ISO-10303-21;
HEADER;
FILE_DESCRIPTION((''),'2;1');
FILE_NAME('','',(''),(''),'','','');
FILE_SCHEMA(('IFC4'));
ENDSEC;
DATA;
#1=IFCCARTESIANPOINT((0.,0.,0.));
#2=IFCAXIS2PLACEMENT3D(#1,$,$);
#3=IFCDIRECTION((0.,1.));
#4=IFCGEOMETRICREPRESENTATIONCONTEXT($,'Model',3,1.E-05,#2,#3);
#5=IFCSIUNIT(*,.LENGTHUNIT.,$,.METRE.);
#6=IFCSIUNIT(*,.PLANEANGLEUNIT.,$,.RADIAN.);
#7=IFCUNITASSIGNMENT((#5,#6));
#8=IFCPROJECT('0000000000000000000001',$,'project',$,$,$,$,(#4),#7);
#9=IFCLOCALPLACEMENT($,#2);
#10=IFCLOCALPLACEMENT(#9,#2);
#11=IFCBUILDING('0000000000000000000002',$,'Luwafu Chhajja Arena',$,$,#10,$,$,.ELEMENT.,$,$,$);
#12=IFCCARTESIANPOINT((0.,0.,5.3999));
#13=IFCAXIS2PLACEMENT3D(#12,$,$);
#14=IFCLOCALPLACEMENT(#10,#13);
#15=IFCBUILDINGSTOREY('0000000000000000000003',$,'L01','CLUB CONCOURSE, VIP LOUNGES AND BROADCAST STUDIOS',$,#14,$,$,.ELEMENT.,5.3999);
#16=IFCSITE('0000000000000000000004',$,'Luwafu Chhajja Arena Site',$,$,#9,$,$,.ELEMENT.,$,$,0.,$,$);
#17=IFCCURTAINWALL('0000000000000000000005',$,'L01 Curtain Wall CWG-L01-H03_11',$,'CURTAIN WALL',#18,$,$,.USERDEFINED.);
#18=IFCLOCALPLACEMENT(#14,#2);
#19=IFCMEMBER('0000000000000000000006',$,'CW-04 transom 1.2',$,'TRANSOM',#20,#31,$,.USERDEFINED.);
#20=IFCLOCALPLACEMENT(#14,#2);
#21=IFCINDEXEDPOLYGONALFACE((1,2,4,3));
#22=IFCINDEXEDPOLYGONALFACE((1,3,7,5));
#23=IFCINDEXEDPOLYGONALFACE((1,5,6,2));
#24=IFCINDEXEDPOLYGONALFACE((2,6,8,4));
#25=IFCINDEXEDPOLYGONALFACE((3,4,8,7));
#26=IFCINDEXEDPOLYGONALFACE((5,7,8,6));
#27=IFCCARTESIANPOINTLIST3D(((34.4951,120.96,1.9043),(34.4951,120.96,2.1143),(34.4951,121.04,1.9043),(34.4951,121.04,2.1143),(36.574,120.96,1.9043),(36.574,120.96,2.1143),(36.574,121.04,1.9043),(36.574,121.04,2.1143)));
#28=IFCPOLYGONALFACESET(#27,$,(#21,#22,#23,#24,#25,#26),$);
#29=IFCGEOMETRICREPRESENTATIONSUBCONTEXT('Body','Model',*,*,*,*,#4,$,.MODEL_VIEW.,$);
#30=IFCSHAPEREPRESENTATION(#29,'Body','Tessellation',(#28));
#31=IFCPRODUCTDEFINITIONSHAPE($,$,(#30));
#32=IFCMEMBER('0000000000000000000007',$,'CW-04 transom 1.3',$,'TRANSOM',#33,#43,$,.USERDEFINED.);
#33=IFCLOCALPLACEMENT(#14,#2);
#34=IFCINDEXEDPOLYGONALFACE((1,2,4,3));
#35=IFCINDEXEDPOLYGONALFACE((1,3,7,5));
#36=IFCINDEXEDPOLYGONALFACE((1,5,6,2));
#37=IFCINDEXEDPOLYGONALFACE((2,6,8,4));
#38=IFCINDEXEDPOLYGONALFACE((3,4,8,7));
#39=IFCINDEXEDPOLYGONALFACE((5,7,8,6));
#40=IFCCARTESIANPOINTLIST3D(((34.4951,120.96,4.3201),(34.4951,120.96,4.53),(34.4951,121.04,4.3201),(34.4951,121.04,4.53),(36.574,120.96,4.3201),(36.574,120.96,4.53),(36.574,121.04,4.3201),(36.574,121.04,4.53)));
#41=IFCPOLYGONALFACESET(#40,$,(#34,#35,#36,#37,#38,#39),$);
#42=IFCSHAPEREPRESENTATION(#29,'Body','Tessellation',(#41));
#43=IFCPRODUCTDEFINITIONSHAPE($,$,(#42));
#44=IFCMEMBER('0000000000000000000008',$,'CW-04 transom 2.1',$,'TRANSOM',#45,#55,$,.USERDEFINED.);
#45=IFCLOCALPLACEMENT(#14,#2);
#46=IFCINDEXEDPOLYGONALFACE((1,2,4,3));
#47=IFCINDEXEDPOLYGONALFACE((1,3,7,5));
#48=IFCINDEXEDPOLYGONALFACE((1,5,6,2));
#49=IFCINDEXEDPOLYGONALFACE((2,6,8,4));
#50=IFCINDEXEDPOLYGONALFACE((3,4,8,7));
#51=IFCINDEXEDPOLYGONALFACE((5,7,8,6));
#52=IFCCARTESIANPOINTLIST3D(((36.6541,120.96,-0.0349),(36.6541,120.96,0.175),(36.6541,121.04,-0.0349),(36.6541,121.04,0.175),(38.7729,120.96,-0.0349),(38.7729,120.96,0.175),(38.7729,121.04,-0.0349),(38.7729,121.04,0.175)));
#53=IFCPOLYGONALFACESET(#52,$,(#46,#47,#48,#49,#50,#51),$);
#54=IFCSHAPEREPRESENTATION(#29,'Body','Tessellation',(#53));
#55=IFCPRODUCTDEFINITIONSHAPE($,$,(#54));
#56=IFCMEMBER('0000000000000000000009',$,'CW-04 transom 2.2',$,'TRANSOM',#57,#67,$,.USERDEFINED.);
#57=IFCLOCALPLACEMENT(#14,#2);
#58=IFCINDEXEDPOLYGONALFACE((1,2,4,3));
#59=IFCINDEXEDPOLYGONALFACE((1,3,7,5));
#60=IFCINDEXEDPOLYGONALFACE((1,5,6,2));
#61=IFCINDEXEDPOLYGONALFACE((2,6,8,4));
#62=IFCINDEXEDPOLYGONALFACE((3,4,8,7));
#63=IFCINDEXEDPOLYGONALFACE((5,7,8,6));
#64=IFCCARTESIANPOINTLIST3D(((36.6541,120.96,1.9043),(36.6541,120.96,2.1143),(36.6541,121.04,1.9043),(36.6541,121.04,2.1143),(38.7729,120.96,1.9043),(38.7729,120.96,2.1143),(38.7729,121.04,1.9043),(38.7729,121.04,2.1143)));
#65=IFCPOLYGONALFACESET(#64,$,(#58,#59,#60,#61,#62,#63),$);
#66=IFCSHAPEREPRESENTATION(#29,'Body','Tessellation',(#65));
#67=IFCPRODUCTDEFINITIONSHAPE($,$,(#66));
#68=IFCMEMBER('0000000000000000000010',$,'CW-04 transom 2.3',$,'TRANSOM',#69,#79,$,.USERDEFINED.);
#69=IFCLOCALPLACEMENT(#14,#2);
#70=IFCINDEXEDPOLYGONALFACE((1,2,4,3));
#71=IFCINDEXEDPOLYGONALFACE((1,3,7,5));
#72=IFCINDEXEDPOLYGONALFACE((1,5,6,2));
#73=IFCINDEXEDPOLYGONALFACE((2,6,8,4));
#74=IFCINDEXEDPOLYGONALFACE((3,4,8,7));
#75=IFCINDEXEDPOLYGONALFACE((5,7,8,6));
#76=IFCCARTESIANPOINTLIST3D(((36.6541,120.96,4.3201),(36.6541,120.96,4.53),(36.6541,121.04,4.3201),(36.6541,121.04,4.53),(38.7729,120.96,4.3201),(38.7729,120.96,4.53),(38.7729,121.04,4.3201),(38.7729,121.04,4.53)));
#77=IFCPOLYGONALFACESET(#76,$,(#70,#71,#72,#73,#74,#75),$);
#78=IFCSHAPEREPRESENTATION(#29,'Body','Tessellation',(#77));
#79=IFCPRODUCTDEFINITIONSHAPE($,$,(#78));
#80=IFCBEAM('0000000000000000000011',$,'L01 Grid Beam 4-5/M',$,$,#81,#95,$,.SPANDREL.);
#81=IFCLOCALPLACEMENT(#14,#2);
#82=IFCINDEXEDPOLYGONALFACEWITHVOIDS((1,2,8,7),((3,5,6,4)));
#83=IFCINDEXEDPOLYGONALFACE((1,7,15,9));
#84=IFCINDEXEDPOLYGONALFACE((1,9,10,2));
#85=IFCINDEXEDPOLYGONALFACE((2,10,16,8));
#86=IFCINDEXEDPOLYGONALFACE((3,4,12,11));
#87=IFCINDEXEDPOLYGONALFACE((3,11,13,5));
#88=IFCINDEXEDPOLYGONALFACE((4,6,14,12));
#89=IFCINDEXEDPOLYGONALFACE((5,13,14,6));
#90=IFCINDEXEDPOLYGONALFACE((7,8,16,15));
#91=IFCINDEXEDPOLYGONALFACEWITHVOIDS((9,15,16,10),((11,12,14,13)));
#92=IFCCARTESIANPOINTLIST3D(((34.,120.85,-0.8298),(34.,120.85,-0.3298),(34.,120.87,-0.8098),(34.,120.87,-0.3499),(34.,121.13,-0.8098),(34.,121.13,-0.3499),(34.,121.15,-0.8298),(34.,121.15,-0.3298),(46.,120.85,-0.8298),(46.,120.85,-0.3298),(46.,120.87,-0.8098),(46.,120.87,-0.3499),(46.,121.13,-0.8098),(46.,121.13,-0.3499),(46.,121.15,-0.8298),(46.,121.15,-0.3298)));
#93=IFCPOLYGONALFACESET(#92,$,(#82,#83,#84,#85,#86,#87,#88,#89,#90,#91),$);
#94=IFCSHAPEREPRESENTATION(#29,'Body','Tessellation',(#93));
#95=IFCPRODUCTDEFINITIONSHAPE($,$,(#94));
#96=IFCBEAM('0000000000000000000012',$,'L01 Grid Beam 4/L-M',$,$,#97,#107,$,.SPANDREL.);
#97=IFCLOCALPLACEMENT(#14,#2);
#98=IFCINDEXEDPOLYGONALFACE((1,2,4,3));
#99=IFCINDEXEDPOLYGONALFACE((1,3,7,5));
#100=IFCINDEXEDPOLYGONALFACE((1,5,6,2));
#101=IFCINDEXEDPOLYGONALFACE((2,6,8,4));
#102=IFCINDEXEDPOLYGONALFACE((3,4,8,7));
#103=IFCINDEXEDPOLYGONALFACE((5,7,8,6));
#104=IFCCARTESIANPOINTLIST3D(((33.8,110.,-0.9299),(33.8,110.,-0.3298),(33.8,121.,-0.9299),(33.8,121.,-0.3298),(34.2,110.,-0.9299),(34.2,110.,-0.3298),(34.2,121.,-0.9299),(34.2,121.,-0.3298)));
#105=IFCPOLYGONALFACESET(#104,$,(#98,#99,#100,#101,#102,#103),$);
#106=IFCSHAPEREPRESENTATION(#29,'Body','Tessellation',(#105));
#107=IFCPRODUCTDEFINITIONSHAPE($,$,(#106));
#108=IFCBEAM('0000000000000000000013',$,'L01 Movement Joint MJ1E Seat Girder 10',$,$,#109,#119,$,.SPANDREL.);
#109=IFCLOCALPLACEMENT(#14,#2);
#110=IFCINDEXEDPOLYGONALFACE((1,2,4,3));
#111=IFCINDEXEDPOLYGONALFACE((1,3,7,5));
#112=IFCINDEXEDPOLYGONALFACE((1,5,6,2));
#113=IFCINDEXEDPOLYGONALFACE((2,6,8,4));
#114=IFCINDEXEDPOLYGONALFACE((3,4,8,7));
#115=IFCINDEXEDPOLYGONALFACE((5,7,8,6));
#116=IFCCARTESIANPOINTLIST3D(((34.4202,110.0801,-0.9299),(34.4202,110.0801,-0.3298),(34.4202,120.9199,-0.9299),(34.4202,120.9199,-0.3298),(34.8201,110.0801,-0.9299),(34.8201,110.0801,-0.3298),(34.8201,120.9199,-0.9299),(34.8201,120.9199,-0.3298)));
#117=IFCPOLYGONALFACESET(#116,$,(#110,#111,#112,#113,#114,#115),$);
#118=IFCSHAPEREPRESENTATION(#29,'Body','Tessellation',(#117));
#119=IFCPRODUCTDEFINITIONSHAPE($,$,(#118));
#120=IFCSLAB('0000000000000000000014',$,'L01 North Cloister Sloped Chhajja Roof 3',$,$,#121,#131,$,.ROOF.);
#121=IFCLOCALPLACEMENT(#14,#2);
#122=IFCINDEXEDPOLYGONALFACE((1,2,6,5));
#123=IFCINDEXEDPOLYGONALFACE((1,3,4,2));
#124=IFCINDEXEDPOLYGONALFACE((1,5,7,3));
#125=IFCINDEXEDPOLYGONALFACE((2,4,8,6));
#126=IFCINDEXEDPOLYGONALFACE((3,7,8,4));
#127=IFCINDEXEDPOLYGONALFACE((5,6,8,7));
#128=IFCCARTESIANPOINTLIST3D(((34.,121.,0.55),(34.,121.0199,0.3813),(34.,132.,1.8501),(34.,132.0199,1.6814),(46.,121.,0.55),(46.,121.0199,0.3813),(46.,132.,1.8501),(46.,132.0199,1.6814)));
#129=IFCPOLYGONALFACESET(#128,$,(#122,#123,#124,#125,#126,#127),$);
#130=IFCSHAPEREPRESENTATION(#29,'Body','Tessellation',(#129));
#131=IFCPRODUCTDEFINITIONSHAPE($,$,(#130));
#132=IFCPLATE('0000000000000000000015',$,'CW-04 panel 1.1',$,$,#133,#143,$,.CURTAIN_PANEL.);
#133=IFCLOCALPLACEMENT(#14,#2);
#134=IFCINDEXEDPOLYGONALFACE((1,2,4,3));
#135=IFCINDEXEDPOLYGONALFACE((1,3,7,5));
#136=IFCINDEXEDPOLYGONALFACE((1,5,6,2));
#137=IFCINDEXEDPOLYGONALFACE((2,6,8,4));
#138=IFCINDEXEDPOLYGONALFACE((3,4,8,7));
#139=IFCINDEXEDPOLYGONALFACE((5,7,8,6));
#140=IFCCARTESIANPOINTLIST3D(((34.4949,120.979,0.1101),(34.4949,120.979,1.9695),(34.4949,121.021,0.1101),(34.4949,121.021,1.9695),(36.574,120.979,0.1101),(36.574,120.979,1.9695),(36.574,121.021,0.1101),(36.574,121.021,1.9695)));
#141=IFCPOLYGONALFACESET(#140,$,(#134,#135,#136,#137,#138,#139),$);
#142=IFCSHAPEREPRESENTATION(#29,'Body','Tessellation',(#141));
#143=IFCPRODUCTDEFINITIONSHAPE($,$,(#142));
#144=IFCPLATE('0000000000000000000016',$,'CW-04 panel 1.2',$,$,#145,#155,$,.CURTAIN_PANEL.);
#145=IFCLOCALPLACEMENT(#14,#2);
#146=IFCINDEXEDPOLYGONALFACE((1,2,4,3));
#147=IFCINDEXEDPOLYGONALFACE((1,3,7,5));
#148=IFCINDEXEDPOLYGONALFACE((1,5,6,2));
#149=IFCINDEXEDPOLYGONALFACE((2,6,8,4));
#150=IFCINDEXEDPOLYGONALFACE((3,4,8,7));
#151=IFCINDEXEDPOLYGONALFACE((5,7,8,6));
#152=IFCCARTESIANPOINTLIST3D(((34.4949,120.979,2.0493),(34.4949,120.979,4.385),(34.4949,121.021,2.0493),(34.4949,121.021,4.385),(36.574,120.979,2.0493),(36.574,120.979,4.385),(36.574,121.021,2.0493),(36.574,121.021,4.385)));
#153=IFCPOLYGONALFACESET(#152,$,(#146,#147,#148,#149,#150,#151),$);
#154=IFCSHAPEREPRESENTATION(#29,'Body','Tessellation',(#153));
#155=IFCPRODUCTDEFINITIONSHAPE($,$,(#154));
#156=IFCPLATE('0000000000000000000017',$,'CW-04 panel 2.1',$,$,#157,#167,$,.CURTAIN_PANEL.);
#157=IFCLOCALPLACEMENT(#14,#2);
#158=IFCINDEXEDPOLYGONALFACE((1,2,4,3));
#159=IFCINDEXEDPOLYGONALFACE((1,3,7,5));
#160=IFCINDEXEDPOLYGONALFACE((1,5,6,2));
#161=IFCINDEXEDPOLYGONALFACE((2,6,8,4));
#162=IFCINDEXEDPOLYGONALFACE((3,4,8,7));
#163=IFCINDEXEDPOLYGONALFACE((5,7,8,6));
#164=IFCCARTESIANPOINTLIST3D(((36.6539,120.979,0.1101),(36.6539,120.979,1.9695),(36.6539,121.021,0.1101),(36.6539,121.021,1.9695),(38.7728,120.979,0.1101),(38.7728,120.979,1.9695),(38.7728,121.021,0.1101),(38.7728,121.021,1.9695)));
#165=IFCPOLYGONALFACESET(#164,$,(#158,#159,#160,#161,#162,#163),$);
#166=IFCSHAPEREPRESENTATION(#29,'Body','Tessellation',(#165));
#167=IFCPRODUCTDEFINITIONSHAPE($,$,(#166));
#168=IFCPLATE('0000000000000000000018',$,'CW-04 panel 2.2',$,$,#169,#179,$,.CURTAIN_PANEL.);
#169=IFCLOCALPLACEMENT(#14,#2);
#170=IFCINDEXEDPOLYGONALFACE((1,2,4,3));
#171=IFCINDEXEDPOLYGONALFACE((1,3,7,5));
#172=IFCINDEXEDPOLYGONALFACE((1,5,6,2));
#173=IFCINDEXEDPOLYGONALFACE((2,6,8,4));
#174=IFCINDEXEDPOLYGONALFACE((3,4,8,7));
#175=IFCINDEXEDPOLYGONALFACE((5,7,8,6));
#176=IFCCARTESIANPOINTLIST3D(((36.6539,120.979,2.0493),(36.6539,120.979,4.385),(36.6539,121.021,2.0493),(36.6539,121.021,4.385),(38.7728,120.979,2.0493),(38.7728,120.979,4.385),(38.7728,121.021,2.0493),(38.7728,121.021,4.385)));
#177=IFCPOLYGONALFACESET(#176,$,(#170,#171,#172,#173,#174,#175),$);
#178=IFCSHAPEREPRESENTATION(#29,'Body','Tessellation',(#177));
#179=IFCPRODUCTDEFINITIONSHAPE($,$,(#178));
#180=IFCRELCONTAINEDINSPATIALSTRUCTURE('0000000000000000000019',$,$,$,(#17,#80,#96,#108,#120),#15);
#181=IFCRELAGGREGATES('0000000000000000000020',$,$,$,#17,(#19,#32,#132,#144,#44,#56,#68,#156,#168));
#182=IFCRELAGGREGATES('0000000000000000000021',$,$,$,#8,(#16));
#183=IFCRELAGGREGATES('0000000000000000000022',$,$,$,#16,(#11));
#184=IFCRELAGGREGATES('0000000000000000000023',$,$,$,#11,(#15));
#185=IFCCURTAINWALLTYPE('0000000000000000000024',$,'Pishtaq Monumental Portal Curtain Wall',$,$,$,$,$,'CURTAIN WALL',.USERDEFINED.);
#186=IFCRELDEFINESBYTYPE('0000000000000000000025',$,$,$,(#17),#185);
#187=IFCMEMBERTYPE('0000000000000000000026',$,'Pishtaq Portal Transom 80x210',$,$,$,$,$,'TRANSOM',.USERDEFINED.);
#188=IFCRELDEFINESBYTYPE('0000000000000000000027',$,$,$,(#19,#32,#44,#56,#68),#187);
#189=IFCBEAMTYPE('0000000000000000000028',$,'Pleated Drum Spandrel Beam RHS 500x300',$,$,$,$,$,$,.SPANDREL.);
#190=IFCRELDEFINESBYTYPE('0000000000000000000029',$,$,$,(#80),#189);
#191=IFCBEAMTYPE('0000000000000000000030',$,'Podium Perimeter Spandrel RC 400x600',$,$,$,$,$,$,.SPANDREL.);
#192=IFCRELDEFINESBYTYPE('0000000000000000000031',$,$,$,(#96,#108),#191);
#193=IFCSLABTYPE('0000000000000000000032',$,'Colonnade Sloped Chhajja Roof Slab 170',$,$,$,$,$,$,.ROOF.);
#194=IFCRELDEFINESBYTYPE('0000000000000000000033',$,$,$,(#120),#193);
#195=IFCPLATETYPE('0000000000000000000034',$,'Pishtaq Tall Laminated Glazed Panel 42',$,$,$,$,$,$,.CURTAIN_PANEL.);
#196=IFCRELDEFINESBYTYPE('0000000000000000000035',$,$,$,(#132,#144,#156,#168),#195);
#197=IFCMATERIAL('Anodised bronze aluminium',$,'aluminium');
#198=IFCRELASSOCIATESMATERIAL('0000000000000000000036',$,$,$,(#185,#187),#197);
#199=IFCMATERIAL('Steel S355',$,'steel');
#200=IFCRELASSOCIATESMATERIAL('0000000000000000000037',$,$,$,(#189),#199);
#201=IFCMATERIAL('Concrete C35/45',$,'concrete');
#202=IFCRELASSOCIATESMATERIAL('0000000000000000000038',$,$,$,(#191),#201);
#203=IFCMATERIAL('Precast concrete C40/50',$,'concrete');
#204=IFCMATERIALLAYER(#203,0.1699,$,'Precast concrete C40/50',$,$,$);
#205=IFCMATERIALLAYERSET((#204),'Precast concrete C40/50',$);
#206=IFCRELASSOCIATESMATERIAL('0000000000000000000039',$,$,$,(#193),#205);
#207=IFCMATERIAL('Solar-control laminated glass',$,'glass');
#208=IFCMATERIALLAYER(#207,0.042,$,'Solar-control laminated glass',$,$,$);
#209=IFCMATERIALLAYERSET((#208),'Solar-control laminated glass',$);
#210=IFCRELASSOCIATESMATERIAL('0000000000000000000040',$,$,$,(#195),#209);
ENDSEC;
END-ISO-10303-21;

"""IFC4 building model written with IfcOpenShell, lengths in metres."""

from ifc_helpers import new_model, si_unit, direction, frame, origin, origin_2d, place, context, subcontext, project, spatial, polyline, rectangle, hollow_rectangle, outline, extrude, material, layer, layer_set, material_profile, profile_set, type_object, element, aggregate, save


model = new_model("IFC4")

# Units and contexts
model_context = context("Model", 3, precision=1e-05, world=origin(), true_north=direction((0.0, 1.0)))
body_context = subcontext(model_context, "Body", "Model", "MODEL_VIEW")
ifc_project = project(units=[si_unit("LENGTHUNIT", "METRE"), si_unit("PLANEANGLEUNIT", "RADIAN")], contexts=[model_context])

# Site, building, storey
site_placement = place(None, origin())
site = spatial("IfcSite", under=ifc_project, at=site_placement, Name="Luwafu Chhajja Arena Site", CompositionType="ELEMENT", RefElevation=0.0)
building_placement = place(site_placement, origin())
building = spatial("IfcBuilding", under=site, at=building_placement, Name="Luwafu Chhajja Arena", CompositionType="ELEMENT")
storey_placement = place(building_placement, frame((0.0, 0.0, 5.3999)))
storey = spatial("IfcBuildingStorey", under=building, at=storey_placement, Name="L01", Description="CLUB CONCOURSE, VIP LOUNGES AND BROADCAST STUDIOS", CompositionType="ELEMENT", Elevation=5.3999)

# Shared definitions
ifc_material_1 = material(Name="Concrete C35/45", Category="concrete")
ifc_material_2 = material(Name="Steel S355", Category="steel")

# Curtain wall, members
ifc_material_3 = material(Name="Anodised bronze aluminium", Category="aluminium")
curtain_wall_type = type_object("IfcCurtainWallType", Name="Pishtaq Monumental Portal Curtain Wall", ElementType="CURTAIN WALL", PredefinedType="USERDEFINED", material=ifc_material_3)
curtain_wall_placement = place(storey_placement, origin())
curtain_wall = element("IfcCurtainWall", 1, at=curtain_wall_placement, inside=storey, type_object=curtain_wall_type, Name="L01 Curtain Wall CWG-L01-H03_11", ObjectType="CURTAIN WALL", PredefinedType="USERDEFINED")
ifc_material_profile_1 = material_profile(ifc_material_3, rectangle(XDim=0.0801, YDim=0.21, at=origin_2d()), Name="CWT 80x210")
ifc_profile_set_1 = profile_set([ifc_material_profile_1], Name="Anodised bronze aluminium")
member_type_1 = type_object("IfcMemberType", Name="Pishtaq Portal Transom 80x210", ElementType="TRANSOM", PredefinedType="USERDEFINED", material=ifc_profile_set_1)
member_1_placement = place(storey_placement, frame((34.4951, 121.0, 2.0093), z_axis=(1.0, 0.0, 0.0), x_axis=(0.0, 1.0, 0.0)))
member_1 = element("IfcMember", 2, at=member_1_placement, type_object=member_type_1, Name="CW-04 transom 1.2", ObjectType="TRANSOM", PredefinedType="USERDEFINED", context=body_context, shape_type="SweptSolid", body=[
    extrude(rectangle(XDim=0.0801, YDim=0.21, at=origin_2d()), origin(), (0.0, 0.0, 1.0), 2.0789),
])
member_2_placement = place(storey_placement, frame((34.4951, 121.0, 4.425), z_axis=(1.0, 0.0, 0.0), x_axis=(0.0, 1.0, 0.0)))
member_2 = element("IfcMember", 3, at=member_2_placement, type_object=member_type_1, Name="CW-04 transom 1.3", ObjectType="TRANSOM", PredefinedType="USERDEFINED", context=body_context, shape_type="SweptSolid", body=[
    extrude(rectangle(XDim=0.0801, YDim=0.21, at=origin_2d()), origin(), (0.0, 0.0, 1.0), 2.0789),
])
member_3_placement = place(storey_placement, frame((36.6541, 121.0, 0.0701), z_axis=(1.0, 0.0, 0.0), x_axis=(0.0, 1.0, 0.0)))
member_3 = element("IfcMember", 4, at=member_3_placement, type_object=member_type_1, Name="CW-04 transom 2.1", ObjectType="TRANSOM", PredefinedType="USERDEFINED", context=body_context, shape_type="SweptSolid", body=[
    extrude(rectangle(XDim=0.0801, YDim=0.21, at=origin_2d()), origin(), (0.0, 0.0, 1.0), 2.1189),
])
member_4_placement = place(storey_placement, frame((36.6541, 121.0, 2.0093), z_axis=(1.0, 0.0, 0.0), x_axis=(0.0, 1.0, 0.0)))
member_4 = element("IfcMember", 5, at=member_4_placement, type_object=member_type_1, Name="CW-04 transom 2.2", ObjectType="TRANSOM", PredefinedType="USERDEFINED", context=body_context, shape_type="SweptSolid", body=[
    extrude(rectangle(XDim=0.0801, YDim=0.21, at=origin_2d()), origin(), (0.0, 0.0, 1.0), 2.1189),
])
member_5_placement = place(storey_placement, frame((36.6541, 121.0, 4.425), z_axis=(1.0, 0.0, 0.0), x_axis=(0.0, 1.0, 0.0)))
member_5 = element("IfcMember", 6, at=member_5_placement, type_object=member_type_1, Name="CW-04 transom 2.3", ObjectType="TRANSOM", PredefinedType="USERDEFINED", context=body_context, shape_type="SweptSolid", body=[
    extrude(rectangle(XDim=0.0801, YDim=0.21, at=origin_2d()), origin(), (0.0, 0.0, 1.0), 2.1189),
])

# Beams
ifc_material_profile_2 = material_profile(ifc_material_2, hollow_rectangle(XDim=0.3, YDim=0.5, WallThickness=0.02, at=origin_2d()), Name="RHS 500x300x20")
ifc_profile_set_2 = profile_set([ifc_material_profile_2], Name="Steel S355")
beam_type_1 = type_object("IfcBeamType", Name="Pleated Drum Spandrel Beam RHS 500x300", PredefinedType="SPANDREL", material=ifc_profile_set_2)
beam_1_placement = place(storey_placement, frame((34.0, 121.0, -0.5798), z_axis=(1.0, 0.0, 0.0), x_axis=(0.0, 1.0, 0.0)))
element("IfcBeam", 7, at=beam_1_placement, inside=storey, type_object=beam_type_1, Name="L01 Grid Beam 4-5/M", PredefinedType="SPANDREL", context=body_context, shape_type="SweptSolid", body=[
    extrude(hollow_rectangle(XDim=0.3, YDim=0.5, WallThickness=0.02, at=origin_2d()), origin(), (0.0, 0.0, 1.0), 12.0),
])
ifc_material_profile_3 = material_profile(ifc_material_1, rectangle(XDim=0.3999, YDim=0.6001, at=origin_2d()), Name="RC 400x600")
ifc_profile_set_3 = profile_set([ifc_material_profile_3], Name="Concrete C35/45")
beam_type_2 = type_object("IfcBeamType", Name="Podium Perimeter Spandrel RC 400x600", PredefinedType="SPANDREL", material=ifc_profile_set_3)
beam_2_placement = place(storey_placement, frame((34.0, 110.0, -0.6299), z_axis=(0.0, 1.0, 0.0), x_axis=(-1.0, 0.0, 0.0)))
element("IfcBeam", 8, at=beam_2_placement, inside=storey, type_object=beam_type_2, Name="L01 Grid Beam 4/L-M", PredefinedType="SPANDREL", context=body_context, shape_type="SweptSolid", body=[
    extrude(rectangle(XDim=0.3999, YDim=0.6001, at=origin_2d()), origin(), (0.0, 0.0, 1.0), 11.0),
])
beam_3_placement = place(storey_placement, frame((34.6201, 110.0801, -0.6299), z_axis=(0.0, 1.0, 0.0), x_axis=(-1.0, 0.0, 0.0)))
element("IfcBeam", 9, at=beam_3_placement, inside=storey, type_object=beam_type_2, Name="L01 Movement Joint MJ1E Seat Girder 10", PredefinedType="SPANDREL", context=body_context, shape_type="SweptSolid", body=[
    extrude(rectangle(XDim=0.3999, YDim=0.6001, at=origin_2d()), origin(), (0.0, 0.0, 1.0), 10.8398),
])

# Slab
ifc_material_4 = material(Name="Precast concrete C40/50", Category="concrete")
ifc_layer_1 = layer(ifc_material_4, 0.1699, Name="Precast concrete C40/50")
ifc_layer_set_1 = layer_set([ifc_layer_1], Name="Precast concrete C40/50")
slab_type = type_object("IfcSlabType", Name="Colonnade Sloped Chhajja Roof Slab 170", PredefinedType="ROOF", material=ifc_layer_set_1)
slab_placement = place(storey_placement, frame((34.0, 121.0, 0.55), z_axis=(0.0, -0.117369, 0.993088), x_axis=(0.0, 0.993088, 0.117369)))
element("IfcSlab", 10, at=slab_placement, inside=storey, type_object=slab_type, Name="L01 North Cloister Sloped Chhajja Roof 3", PredefinedType="ROOF", context=body_context, shape_type="SweptSolid", body=[
    extrude(outline(polyline([(0.0, 0.0), (11.0766, 0.0), (11.0766, -12.0), (0.0, -12.0), (0.0, 0.0)])), origin(), (0.0, 0.0, -1.0), 0.1699),
])

# Plates
ifc_material_5 = material(Name="Solar-control laminated glass", Category="glass")
ifc_layer_2 = layer(ifc_material_5, 0.042, Name="Solar-control laminated glass")
ifc_layer_set_2 = layer_set([ifc_layer_2], Name="Solar-control laminated glass")
plate_type = type_object("IfcPlateType", Name="Pishtaq Tall Laminated Glazed Panel 42", PredefinedType="CURTAIN_PANEL", material=ifc_layer_set_2)
plate_1_placement = place(storey_placement, frame((35.5344, 121.0, 0.1101), z_axis=(0.0, 0.0, 1.0), x_axis=(1.0, 0.0, 0.0)))
plate_1 = element("IfcPlate", 11, at=plate_1_placement, type_object=plate_type, Name="CW-04 panel 1.1", PredefinedType="CURTAIN_PANEL", context=body_context, shape_type="SweptSolid", body=[
    extrude(rectangle(XDim=2.0791, YDim=0.042, at=origin_2d()), origin(), (0.0, 0.0, 1.0), 1.8594),
])
plate_2_placement = place(storey_placement, frame((35.5344, 121.0, 2.0493), z_axis=(0.0, 0.0, 1.0), x_axis=(1.0, 0.0, 0.0)))
plate_2 = element("IfcPlate", 12, at=plate_2_placement, type_object=plate_type, Name="CW-04 panel 1.2", PredefinedType="CURTAIN_PANEL", context=body_context, shape_type="SweptSolid", body=[
    extrude(rectangle(XDim=2.0791, YDim=0.042, at=origin_2d()), origin(), (0.0, 0.0, 1.0), 2.3357),
])
plate_3_placement = place(storey_placement, frame((37.7134, 121.0, 0.1101), z_axis=(0.0, 0.0, 1.0), x_axis=(1.0, 0.0, 0.0)))
plate_3 = element("IfcPlate", 13, at=plate_3_placement, type_object=plate_type, Name="CW-04 panel 2.1", PredefinedType="CURTAIN_PANEL", context=body_context, shape_type="SweptSolid", body=[
    extrude(rectangle(XDim=2.1189, YDim=0.042, at=origin_2d()), origin(), (0.0, 0.0, 1.0), 1.8594),
])
plate_4_placement = place(storey_placement, frame((37.7134, 121.0, 2.0493), z_axis=(0.0, 0.0, 1.0), x_axis=(1.0, 0.0, 0.0)))
plate_4 = element("IfcPlate", 14, at=plate_4_placement, type_object=plate_type, Name="CW-04 panel 2.2", PredefinedType="CURTAIN_PANEL", context=body_context, shape_type="SweptSolid", body=[
    extrude(rectangle(XDim=2.1189, YDim=0.042, at=origin_2d()), origin(), (0.0, 0.0, 1.0), 2.3357),
])
aggregate(curtain_wall, [member_1, member_2, plate_1, plate_2, member_3, member_4, member_5, plate_3, plate_4])

save(model, "model.ifc")
